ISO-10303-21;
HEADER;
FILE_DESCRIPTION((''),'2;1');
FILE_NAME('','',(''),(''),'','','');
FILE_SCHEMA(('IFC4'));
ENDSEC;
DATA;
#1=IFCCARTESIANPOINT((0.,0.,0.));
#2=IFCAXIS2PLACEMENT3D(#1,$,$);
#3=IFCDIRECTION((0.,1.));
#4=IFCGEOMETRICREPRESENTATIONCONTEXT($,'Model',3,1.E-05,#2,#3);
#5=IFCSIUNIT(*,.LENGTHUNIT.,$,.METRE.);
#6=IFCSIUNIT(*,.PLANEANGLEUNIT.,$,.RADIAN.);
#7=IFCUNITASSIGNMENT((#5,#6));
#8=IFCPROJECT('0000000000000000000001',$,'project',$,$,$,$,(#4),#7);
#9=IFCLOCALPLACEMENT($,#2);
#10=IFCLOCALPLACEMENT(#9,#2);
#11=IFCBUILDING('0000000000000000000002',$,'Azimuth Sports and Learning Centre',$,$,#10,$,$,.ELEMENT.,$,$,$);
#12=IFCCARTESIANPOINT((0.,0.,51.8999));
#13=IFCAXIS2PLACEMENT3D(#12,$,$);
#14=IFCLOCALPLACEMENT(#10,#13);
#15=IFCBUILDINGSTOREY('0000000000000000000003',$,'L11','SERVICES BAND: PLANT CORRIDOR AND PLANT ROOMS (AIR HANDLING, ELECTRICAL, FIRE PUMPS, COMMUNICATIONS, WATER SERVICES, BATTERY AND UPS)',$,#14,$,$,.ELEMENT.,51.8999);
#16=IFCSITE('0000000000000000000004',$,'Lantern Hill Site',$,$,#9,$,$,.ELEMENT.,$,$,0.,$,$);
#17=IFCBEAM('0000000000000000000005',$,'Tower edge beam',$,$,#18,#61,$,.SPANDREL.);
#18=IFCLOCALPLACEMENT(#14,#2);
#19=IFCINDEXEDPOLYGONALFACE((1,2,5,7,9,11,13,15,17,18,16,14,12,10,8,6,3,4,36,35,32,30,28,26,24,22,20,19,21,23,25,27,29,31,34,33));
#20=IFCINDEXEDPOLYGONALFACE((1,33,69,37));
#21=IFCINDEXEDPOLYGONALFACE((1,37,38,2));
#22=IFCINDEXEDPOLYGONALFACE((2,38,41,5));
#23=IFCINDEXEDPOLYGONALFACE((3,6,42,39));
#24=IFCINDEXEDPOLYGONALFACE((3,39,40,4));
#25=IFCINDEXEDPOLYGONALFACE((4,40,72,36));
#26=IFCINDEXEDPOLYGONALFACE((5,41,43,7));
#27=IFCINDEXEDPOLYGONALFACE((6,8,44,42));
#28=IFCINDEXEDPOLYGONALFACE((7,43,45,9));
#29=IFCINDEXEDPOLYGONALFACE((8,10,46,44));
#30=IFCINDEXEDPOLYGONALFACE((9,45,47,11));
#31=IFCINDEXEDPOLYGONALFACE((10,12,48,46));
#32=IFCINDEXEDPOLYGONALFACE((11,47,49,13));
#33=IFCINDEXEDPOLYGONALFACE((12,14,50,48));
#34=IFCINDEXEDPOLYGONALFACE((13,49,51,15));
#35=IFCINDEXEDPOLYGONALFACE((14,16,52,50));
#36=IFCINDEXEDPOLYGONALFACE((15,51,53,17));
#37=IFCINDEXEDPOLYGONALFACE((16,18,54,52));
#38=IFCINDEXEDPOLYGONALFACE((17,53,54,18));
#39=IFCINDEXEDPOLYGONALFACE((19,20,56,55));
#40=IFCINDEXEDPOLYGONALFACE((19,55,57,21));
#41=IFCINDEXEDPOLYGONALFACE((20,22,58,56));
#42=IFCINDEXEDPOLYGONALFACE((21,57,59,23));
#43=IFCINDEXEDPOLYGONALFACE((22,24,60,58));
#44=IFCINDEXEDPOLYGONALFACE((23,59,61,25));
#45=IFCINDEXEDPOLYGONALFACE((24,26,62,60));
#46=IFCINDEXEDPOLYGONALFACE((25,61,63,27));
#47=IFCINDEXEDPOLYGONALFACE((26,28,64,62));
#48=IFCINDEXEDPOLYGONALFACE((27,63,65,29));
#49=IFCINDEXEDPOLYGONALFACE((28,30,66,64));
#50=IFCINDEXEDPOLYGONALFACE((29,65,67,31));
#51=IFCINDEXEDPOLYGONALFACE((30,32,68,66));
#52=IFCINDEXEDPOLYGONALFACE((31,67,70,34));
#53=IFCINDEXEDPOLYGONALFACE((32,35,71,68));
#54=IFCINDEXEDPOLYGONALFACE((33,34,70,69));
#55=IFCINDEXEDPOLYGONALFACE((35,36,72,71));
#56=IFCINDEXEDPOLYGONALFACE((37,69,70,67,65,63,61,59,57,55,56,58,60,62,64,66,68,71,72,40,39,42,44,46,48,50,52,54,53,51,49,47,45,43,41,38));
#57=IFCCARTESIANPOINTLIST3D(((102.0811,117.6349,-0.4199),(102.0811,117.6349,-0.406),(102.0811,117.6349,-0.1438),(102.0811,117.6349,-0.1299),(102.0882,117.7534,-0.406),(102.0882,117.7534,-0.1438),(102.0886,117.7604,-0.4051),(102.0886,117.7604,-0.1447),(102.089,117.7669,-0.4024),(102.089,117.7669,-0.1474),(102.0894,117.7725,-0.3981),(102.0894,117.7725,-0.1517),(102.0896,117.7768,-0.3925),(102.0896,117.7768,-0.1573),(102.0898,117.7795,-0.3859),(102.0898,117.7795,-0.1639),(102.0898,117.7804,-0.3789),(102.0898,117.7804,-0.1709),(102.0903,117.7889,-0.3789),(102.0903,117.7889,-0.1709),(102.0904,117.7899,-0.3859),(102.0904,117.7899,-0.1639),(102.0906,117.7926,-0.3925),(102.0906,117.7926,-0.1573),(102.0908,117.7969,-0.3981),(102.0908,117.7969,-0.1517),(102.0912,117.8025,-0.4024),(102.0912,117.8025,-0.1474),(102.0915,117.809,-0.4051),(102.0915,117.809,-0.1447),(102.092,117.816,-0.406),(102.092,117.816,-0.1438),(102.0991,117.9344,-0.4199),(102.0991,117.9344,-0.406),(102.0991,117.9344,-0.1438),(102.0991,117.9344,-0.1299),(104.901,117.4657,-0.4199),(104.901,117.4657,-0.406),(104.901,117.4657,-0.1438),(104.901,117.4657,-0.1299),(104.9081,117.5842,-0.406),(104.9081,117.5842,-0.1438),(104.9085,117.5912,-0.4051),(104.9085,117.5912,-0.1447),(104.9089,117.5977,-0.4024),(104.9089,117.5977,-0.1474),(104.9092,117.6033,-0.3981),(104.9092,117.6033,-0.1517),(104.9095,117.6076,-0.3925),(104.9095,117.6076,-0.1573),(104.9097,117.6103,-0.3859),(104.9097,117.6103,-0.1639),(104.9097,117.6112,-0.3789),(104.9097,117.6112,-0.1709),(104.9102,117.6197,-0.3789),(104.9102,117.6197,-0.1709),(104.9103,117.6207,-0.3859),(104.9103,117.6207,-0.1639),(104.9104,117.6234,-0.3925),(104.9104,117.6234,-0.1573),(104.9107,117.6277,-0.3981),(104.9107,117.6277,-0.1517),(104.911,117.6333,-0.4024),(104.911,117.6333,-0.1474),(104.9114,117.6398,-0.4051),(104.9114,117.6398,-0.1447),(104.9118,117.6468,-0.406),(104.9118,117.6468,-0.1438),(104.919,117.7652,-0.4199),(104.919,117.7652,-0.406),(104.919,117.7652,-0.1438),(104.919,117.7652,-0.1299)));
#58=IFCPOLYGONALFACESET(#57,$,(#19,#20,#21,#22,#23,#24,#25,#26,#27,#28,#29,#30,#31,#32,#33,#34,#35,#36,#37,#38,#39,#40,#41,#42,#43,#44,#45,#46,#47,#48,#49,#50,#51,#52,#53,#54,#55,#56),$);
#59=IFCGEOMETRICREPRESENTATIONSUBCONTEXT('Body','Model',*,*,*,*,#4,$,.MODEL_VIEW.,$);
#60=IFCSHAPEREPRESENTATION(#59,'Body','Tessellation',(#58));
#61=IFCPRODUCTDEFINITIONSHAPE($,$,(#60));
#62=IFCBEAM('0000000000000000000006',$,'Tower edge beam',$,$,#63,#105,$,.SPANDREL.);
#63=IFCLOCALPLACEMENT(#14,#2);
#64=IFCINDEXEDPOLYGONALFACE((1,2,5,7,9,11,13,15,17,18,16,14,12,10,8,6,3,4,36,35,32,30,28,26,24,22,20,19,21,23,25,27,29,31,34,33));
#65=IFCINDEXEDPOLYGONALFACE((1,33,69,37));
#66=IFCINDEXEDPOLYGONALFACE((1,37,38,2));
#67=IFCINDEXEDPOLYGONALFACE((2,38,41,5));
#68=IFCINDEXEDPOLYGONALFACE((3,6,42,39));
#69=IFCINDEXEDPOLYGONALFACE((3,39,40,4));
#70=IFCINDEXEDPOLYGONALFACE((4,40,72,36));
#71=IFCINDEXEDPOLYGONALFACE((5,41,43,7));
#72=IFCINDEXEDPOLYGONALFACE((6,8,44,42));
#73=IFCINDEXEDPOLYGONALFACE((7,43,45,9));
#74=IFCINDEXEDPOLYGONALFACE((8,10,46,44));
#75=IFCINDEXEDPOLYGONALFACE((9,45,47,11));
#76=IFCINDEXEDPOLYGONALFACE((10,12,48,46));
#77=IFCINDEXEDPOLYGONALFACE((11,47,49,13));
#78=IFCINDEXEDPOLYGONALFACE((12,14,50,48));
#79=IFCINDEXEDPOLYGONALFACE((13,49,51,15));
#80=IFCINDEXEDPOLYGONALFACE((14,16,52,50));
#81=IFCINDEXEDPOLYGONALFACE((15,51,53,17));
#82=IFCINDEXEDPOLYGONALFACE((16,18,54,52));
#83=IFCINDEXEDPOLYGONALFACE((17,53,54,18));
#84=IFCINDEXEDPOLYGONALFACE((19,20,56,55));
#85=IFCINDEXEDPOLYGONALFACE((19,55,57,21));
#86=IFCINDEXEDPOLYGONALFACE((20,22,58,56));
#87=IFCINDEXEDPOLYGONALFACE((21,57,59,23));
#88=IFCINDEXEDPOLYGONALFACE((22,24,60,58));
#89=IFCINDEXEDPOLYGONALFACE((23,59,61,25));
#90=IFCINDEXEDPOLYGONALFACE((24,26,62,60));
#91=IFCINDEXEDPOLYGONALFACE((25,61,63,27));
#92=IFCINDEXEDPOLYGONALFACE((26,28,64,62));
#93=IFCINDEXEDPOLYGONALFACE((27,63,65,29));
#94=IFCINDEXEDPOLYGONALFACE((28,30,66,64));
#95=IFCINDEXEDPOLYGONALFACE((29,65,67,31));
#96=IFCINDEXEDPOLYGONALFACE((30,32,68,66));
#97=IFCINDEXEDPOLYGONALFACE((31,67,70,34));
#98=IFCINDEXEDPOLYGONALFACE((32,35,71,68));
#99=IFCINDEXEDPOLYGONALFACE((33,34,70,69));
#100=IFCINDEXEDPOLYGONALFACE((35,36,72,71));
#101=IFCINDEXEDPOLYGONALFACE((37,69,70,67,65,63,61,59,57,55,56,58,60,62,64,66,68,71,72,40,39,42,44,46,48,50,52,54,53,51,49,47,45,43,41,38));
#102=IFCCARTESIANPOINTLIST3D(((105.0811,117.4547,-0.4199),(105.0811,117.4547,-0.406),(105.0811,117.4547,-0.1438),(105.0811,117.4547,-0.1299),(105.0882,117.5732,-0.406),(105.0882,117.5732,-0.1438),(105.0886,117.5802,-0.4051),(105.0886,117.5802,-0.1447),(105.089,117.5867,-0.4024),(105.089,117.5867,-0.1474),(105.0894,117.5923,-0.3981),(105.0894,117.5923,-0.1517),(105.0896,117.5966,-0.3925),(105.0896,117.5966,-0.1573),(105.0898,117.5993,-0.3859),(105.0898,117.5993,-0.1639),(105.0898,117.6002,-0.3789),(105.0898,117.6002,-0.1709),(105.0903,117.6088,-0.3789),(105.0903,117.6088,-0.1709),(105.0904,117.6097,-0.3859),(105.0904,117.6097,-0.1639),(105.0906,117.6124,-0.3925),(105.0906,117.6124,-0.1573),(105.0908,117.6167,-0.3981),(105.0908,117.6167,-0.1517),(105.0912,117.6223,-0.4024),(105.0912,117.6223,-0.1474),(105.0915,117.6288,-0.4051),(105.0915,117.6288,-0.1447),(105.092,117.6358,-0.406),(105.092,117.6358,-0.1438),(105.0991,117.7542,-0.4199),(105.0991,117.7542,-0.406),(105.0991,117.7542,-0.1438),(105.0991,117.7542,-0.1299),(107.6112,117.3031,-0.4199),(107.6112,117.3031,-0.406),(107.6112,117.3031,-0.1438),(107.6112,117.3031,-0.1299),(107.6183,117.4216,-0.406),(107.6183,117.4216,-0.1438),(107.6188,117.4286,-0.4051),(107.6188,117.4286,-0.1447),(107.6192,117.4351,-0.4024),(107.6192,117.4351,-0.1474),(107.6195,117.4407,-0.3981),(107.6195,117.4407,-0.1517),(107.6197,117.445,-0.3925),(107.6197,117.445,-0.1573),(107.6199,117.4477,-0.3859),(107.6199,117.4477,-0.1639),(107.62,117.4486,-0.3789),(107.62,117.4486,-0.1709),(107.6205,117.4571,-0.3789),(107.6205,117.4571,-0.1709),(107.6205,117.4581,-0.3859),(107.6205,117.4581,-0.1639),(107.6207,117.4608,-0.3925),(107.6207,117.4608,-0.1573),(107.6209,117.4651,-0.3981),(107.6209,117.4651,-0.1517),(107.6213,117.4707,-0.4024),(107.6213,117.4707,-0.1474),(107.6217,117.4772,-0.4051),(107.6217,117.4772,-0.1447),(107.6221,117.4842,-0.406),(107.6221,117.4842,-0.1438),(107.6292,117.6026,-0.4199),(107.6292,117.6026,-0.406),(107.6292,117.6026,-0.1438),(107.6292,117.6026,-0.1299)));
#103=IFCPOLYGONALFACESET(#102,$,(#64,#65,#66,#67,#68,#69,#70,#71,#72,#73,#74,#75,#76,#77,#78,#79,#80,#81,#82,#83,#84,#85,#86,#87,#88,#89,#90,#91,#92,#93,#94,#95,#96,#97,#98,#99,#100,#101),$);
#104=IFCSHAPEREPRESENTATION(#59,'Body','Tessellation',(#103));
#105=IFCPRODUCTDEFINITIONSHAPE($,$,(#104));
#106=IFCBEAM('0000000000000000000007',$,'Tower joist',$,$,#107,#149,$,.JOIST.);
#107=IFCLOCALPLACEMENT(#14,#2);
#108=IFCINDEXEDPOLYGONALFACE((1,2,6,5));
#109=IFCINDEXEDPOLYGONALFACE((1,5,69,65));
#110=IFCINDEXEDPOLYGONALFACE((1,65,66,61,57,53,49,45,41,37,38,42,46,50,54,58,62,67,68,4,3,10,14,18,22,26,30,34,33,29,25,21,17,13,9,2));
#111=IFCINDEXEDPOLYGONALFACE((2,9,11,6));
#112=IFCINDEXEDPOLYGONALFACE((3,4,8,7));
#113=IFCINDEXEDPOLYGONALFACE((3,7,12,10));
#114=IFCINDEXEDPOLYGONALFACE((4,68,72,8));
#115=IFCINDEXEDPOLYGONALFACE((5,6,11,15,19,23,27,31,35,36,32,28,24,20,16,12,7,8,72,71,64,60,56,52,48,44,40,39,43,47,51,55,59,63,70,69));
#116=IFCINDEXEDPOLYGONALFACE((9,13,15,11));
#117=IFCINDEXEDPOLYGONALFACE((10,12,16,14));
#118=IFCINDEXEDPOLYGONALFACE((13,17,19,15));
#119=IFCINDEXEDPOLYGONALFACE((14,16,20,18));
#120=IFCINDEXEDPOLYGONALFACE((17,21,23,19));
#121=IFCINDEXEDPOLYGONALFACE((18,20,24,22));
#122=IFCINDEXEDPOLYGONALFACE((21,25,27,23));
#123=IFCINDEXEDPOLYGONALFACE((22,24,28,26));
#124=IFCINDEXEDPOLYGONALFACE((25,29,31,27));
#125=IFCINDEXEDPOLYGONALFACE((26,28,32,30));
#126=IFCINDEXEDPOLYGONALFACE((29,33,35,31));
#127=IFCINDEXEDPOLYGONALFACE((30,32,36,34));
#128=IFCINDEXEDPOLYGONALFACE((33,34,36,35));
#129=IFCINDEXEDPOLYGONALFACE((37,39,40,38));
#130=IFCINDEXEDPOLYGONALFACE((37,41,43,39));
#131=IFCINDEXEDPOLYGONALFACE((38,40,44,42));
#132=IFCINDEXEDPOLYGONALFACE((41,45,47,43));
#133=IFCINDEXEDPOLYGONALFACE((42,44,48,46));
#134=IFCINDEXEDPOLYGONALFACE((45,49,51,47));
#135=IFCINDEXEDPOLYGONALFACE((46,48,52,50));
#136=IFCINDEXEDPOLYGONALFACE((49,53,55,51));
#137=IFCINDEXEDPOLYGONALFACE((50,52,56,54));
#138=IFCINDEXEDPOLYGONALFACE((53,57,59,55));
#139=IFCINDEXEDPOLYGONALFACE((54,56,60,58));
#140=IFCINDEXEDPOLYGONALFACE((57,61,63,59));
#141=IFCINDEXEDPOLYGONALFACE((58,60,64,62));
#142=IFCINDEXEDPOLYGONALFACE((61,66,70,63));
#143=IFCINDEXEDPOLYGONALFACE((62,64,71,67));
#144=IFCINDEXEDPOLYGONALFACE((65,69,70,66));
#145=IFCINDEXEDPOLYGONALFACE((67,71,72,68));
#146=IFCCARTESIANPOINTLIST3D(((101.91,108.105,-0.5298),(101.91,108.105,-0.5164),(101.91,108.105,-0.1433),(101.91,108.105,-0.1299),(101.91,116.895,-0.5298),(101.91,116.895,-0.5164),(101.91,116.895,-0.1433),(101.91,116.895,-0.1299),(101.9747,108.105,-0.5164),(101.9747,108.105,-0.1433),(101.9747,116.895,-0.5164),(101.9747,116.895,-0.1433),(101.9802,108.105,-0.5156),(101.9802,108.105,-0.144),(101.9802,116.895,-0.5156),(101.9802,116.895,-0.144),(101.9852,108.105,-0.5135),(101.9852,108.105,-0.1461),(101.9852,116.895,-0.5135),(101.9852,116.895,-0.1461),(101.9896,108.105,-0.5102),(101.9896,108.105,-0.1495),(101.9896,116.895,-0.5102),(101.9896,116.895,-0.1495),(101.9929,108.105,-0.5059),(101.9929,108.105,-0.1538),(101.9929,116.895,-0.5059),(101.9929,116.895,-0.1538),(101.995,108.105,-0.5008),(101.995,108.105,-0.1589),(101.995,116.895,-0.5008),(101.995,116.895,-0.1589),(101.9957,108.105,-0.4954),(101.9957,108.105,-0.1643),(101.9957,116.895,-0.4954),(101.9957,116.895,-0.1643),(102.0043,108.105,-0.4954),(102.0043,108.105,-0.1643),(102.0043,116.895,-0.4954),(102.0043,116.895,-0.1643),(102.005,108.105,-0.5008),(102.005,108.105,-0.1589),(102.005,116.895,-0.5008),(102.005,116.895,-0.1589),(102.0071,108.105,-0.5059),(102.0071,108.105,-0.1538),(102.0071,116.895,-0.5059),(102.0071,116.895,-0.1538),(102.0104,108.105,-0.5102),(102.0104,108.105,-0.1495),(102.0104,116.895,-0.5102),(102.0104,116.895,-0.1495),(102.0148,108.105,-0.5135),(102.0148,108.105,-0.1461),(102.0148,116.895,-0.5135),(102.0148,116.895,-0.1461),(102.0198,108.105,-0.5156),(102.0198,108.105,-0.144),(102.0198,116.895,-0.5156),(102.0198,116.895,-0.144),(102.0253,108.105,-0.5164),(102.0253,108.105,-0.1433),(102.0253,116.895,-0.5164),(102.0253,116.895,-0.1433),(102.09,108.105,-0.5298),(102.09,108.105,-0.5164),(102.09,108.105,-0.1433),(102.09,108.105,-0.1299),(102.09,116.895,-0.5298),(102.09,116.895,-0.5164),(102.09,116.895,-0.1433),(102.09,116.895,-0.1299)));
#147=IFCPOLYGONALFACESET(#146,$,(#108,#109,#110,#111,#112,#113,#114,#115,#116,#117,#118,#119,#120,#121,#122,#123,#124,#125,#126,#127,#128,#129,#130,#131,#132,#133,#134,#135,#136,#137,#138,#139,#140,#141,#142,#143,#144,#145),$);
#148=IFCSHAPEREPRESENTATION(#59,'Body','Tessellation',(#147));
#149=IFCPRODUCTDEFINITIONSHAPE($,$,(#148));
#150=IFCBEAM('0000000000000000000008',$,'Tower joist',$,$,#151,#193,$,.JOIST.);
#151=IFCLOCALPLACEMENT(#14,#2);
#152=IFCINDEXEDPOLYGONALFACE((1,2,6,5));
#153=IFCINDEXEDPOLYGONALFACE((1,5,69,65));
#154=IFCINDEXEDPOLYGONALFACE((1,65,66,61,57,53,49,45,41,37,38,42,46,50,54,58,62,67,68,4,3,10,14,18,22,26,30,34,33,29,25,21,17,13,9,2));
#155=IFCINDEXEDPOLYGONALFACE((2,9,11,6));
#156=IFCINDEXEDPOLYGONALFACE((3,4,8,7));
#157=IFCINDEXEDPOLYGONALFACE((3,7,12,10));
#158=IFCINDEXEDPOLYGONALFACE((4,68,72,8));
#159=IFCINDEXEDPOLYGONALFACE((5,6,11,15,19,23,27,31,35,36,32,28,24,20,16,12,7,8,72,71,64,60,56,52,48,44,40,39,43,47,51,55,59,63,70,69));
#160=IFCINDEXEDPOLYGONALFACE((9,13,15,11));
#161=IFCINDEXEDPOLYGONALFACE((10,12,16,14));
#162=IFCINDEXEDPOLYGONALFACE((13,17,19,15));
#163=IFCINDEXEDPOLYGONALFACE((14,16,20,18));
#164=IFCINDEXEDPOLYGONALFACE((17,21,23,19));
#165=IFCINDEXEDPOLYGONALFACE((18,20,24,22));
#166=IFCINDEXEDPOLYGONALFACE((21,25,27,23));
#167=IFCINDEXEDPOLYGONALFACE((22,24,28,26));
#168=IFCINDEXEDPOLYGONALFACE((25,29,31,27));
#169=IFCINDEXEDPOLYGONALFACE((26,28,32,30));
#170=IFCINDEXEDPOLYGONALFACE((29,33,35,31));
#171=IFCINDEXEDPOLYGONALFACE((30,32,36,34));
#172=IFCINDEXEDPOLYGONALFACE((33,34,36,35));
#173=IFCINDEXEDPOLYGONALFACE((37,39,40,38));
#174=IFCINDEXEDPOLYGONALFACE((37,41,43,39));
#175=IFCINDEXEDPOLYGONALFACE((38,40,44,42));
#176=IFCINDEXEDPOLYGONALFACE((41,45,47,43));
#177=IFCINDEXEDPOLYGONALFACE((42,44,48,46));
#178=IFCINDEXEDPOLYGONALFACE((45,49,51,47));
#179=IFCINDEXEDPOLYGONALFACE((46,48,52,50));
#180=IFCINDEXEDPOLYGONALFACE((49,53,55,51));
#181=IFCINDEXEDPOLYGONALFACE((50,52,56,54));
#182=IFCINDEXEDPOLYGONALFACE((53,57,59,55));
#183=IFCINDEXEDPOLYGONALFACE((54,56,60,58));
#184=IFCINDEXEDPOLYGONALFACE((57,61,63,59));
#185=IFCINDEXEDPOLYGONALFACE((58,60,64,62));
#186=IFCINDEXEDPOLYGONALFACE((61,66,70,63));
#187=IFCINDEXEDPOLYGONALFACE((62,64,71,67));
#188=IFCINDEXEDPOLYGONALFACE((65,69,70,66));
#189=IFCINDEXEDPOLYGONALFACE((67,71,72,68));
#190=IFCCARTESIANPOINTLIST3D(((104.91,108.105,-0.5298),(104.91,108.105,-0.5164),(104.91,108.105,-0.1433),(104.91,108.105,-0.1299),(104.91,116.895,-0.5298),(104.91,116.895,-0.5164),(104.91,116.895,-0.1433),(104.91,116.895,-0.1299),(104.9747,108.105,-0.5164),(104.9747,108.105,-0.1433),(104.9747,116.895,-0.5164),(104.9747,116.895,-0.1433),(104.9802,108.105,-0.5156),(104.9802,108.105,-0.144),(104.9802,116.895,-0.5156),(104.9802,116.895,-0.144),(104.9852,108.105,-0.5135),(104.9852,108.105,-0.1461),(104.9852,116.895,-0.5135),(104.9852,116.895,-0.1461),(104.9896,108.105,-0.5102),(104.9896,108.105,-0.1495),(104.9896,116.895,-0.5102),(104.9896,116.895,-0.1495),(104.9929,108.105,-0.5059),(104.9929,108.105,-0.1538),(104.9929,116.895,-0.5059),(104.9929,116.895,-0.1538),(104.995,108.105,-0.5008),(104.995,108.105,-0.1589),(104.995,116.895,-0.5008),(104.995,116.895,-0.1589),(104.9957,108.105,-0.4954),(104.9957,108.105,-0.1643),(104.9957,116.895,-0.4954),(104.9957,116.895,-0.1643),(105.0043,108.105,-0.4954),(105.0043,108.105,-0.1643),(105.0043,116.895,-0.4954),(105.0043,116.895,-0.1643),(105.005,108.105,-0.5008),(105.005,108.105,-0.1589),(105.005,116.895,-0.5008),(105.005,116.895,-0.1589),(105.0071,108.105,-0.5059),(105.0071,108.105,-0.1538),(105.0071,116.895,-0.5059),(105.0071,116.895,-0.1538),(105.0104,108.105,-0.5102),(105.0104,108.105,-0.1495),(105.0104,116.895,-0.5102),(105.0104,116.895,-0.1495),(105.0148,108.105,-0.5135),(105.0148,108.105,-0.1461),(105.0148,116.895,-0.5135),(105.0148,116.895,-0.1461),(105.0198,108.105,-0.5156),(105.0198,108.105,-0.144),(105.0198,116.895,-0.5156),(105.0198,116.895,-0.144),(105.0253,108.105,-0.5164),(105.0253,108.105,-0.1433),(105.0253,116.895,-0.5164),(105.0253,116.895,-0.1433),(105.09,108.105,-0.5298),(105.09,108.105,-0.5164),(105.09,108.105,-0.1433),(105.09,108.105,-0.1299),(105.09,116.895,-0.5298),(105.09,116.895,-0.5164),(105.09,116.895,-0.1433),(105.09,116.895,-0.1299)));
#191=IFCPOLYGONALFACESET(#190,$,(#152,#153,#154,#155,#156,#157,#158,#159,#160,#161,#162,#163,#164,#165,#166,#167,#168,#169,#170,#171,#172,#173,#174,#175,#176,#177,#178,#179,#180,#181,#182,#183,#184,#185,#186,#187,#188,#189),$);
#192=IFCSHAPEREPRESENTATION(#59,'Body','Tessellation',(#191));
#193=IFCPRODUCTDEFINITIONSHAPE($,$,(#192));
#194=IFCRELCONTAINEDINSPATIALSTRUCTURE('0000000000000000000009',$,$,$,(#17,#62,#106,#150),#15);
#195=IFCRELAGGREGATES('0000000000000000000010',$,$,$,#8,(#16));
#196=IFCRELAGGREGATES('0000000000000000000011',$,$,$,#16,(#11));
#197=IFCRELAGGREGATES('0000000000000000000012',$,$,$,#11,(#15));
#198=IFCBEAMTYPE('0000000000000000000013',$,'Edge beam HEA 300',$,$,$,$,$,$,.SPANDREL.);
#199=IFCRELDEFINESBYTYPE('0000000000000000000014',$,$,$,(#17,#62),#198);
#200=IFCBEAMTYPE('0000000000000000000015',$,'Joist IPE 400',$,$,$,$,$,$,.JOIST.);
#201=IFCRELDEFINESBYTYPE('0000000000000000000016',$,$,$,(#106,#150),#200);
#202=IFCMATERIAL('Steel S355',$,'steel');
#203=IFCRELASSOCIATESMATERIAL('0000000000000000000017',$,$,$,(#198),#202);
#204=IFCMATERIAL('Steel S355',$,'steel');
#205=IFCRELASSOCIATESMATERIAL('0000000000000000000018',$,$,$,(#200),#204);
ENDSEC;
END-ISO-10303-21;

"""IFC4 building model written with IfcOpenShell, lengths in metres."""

from ifc_helpers import new_model, si_unit, direction, frame, origin, origin_2d, place, context, subcontext, project, spatial, i_section, extrude, material, material_profile, profile_set, type_object, element, save


model = new_model("IFC4")

# Units and contexts
model_context = context("Model", 3, precision=1e-05, world=origin(), true_north=direction((0.0, 1.0)))
body_context = subcontext(model_context, "Body", "Model", "MODEL_VIEW")
ifc_project = project(units=[si_unit("LENGTHUNIT", "METRE"), si_unit("PLANEANGLEUNIT", "RADIAN")], contexts=[model_context])

# Site, building, storey
site_placement = place(None, origin())
site = spatial("IfcSite", under=ifc_project, at=site_placement, Name="Lantern Hill Site", CompositionType="ELEMENT", RefElevation=0.0)
building_placement = place(site_placement, origin())
building = spatial("IfcBuilding", under=site, at=building_placement, Name="Azimuth Sports and Learning Centre", CompositionType="ELEMENT")
storey_placement = place(building_placement, frame((0.0, 0.0, 51.8999)))
storey = spatial("IfcBuildingStorey", under=building, at=storey_placement, Name="L11", Description="SERVICES BAND: PLANT CORRIDOR AND PLANT ROOMS (AIR HANDLING, ELECTRICAL, FIRE PUMPS, COMMUNICATIONS, WATER SERVICES, BATTERY AND UPS)", CompositionType="ELEMENT", Elevation=51.8999)

# Beams
ifc_material_1 = material(Name="Steel S355", Category="steel")
ifc_material_profile_1 = material_profile(ifc_material_1, i_section(OverallWidth=0.3, OverallDepth=0.29, WebThickness=0.0085, FlangeThickness=0.0139, FilletRadius=0.0271, at=origin_2d()), Name="HEA 300")
ifc_profile_set_1 = profile_set([ifc_material_profile_1], Name="Steel S355")
beam_type_1 = type_object("IfcBeamType", Name="Edge beam HEA 300", PredefinedType="SPANDREL", material=ifc_profile_set_1)
for number, where, z_axis, x_axis, name in (
    (1, (102.0901, 117.7847, -0.2749), (0.998205, -0.059892, 0.0), (0.059892, 0.998205, 0.0), "Tower edge beam"),
):
    element("IfcBeam", number, at=place(storey_placement, frame(where, z_axis=z_axis, x_axis=x_axis)), inside=storey, type_object=beam_type_1, Name=name, PredefinedType="SPANDREL", context=body_context, shape_type="SweptSolid", body=[
        extrude(i_section(OverallWidth=0.3, OverallDepth=0.29, WebThickness=0.0085, FlangeThickness=0.0139, FilletRadius=0.0271, at=origin_2d()), origin(), (0.0, 0.0, 1.0), 2.825),
    ])
beam_1_placement = place(storey_placement, frame((105.0901, 117.6045, -0.2749), z_axis=(0.998209, -0.059817, 0.0), x_axis=(0.059817, 0.998209, 0.0)))
element("IfcBeam", 2, at=beam_1_placement, inside=storey, type_object=beam_type_1, Name="Tower edge beam", PredefinedType="SPANDREL", context=body_context, shape_type="SweptSolid", body=[
    extrude(i_section(OverallWidth=0.3, OverallDepth=0.29, WebThickness=0.0085, FlangeThickness=0.0139, FilletRadius=0.0271, at=origin_2d()), origin(), (0.0, 0.0, 1.0), 2.5347),
])
ifc_material_2 = material(Name="Steel S355", Category="steel")
ifc_material_profile_2 = material_profile(ifc_material_2, i_section(OverallWidth=0.1799, OverallDepth=0.3999, WebThickness=0.0085, FlangeThickness=0.0134, FilletRadius=0.021, at=origin_2d()), Name="IPE 400")
ifc_profile_set_2 = profile_set([ifc_material_profile_2], Name="Steel S355")
beam_type_2 = type_object("IfcBeamType", Name="Joist IPE 400", PredefinedType="JOIST", material=ifc_profile_set_2)
for number, where, z_axis, x_axis, name in (
    (3, (102.0, 108.105, -0.3298), (0.0, 1.0, 0.0), (-1.0, 0.0, 0.0), "Tower joist"),
    (4, (105.0, 108.105, -0.3298), (0.0, 1.0, 0.0), (-1.0, 0.0, 0.0), "Tower joist"),
):
    element("IfcBeam", number, at=place(storey_placement, frame(where, z_axis=z_axis, x_axis=x_axis)), inside=storey, type_object=beam_type_2, Name=name, PredefinedType="JOIST", context=body_context, shape_type="SweptSolid", body=[
        extrude(i_section(OverallWidth=0.1799, OverallDepth=0.3999, WebThickness=0.0085, FlangeThickness=0.0134, FilletRadius=0.021, at=origin_2d()), origin(), (0.0, 0.0, 1.0), 8.79),
    ])

save(model, "model.ifc")
